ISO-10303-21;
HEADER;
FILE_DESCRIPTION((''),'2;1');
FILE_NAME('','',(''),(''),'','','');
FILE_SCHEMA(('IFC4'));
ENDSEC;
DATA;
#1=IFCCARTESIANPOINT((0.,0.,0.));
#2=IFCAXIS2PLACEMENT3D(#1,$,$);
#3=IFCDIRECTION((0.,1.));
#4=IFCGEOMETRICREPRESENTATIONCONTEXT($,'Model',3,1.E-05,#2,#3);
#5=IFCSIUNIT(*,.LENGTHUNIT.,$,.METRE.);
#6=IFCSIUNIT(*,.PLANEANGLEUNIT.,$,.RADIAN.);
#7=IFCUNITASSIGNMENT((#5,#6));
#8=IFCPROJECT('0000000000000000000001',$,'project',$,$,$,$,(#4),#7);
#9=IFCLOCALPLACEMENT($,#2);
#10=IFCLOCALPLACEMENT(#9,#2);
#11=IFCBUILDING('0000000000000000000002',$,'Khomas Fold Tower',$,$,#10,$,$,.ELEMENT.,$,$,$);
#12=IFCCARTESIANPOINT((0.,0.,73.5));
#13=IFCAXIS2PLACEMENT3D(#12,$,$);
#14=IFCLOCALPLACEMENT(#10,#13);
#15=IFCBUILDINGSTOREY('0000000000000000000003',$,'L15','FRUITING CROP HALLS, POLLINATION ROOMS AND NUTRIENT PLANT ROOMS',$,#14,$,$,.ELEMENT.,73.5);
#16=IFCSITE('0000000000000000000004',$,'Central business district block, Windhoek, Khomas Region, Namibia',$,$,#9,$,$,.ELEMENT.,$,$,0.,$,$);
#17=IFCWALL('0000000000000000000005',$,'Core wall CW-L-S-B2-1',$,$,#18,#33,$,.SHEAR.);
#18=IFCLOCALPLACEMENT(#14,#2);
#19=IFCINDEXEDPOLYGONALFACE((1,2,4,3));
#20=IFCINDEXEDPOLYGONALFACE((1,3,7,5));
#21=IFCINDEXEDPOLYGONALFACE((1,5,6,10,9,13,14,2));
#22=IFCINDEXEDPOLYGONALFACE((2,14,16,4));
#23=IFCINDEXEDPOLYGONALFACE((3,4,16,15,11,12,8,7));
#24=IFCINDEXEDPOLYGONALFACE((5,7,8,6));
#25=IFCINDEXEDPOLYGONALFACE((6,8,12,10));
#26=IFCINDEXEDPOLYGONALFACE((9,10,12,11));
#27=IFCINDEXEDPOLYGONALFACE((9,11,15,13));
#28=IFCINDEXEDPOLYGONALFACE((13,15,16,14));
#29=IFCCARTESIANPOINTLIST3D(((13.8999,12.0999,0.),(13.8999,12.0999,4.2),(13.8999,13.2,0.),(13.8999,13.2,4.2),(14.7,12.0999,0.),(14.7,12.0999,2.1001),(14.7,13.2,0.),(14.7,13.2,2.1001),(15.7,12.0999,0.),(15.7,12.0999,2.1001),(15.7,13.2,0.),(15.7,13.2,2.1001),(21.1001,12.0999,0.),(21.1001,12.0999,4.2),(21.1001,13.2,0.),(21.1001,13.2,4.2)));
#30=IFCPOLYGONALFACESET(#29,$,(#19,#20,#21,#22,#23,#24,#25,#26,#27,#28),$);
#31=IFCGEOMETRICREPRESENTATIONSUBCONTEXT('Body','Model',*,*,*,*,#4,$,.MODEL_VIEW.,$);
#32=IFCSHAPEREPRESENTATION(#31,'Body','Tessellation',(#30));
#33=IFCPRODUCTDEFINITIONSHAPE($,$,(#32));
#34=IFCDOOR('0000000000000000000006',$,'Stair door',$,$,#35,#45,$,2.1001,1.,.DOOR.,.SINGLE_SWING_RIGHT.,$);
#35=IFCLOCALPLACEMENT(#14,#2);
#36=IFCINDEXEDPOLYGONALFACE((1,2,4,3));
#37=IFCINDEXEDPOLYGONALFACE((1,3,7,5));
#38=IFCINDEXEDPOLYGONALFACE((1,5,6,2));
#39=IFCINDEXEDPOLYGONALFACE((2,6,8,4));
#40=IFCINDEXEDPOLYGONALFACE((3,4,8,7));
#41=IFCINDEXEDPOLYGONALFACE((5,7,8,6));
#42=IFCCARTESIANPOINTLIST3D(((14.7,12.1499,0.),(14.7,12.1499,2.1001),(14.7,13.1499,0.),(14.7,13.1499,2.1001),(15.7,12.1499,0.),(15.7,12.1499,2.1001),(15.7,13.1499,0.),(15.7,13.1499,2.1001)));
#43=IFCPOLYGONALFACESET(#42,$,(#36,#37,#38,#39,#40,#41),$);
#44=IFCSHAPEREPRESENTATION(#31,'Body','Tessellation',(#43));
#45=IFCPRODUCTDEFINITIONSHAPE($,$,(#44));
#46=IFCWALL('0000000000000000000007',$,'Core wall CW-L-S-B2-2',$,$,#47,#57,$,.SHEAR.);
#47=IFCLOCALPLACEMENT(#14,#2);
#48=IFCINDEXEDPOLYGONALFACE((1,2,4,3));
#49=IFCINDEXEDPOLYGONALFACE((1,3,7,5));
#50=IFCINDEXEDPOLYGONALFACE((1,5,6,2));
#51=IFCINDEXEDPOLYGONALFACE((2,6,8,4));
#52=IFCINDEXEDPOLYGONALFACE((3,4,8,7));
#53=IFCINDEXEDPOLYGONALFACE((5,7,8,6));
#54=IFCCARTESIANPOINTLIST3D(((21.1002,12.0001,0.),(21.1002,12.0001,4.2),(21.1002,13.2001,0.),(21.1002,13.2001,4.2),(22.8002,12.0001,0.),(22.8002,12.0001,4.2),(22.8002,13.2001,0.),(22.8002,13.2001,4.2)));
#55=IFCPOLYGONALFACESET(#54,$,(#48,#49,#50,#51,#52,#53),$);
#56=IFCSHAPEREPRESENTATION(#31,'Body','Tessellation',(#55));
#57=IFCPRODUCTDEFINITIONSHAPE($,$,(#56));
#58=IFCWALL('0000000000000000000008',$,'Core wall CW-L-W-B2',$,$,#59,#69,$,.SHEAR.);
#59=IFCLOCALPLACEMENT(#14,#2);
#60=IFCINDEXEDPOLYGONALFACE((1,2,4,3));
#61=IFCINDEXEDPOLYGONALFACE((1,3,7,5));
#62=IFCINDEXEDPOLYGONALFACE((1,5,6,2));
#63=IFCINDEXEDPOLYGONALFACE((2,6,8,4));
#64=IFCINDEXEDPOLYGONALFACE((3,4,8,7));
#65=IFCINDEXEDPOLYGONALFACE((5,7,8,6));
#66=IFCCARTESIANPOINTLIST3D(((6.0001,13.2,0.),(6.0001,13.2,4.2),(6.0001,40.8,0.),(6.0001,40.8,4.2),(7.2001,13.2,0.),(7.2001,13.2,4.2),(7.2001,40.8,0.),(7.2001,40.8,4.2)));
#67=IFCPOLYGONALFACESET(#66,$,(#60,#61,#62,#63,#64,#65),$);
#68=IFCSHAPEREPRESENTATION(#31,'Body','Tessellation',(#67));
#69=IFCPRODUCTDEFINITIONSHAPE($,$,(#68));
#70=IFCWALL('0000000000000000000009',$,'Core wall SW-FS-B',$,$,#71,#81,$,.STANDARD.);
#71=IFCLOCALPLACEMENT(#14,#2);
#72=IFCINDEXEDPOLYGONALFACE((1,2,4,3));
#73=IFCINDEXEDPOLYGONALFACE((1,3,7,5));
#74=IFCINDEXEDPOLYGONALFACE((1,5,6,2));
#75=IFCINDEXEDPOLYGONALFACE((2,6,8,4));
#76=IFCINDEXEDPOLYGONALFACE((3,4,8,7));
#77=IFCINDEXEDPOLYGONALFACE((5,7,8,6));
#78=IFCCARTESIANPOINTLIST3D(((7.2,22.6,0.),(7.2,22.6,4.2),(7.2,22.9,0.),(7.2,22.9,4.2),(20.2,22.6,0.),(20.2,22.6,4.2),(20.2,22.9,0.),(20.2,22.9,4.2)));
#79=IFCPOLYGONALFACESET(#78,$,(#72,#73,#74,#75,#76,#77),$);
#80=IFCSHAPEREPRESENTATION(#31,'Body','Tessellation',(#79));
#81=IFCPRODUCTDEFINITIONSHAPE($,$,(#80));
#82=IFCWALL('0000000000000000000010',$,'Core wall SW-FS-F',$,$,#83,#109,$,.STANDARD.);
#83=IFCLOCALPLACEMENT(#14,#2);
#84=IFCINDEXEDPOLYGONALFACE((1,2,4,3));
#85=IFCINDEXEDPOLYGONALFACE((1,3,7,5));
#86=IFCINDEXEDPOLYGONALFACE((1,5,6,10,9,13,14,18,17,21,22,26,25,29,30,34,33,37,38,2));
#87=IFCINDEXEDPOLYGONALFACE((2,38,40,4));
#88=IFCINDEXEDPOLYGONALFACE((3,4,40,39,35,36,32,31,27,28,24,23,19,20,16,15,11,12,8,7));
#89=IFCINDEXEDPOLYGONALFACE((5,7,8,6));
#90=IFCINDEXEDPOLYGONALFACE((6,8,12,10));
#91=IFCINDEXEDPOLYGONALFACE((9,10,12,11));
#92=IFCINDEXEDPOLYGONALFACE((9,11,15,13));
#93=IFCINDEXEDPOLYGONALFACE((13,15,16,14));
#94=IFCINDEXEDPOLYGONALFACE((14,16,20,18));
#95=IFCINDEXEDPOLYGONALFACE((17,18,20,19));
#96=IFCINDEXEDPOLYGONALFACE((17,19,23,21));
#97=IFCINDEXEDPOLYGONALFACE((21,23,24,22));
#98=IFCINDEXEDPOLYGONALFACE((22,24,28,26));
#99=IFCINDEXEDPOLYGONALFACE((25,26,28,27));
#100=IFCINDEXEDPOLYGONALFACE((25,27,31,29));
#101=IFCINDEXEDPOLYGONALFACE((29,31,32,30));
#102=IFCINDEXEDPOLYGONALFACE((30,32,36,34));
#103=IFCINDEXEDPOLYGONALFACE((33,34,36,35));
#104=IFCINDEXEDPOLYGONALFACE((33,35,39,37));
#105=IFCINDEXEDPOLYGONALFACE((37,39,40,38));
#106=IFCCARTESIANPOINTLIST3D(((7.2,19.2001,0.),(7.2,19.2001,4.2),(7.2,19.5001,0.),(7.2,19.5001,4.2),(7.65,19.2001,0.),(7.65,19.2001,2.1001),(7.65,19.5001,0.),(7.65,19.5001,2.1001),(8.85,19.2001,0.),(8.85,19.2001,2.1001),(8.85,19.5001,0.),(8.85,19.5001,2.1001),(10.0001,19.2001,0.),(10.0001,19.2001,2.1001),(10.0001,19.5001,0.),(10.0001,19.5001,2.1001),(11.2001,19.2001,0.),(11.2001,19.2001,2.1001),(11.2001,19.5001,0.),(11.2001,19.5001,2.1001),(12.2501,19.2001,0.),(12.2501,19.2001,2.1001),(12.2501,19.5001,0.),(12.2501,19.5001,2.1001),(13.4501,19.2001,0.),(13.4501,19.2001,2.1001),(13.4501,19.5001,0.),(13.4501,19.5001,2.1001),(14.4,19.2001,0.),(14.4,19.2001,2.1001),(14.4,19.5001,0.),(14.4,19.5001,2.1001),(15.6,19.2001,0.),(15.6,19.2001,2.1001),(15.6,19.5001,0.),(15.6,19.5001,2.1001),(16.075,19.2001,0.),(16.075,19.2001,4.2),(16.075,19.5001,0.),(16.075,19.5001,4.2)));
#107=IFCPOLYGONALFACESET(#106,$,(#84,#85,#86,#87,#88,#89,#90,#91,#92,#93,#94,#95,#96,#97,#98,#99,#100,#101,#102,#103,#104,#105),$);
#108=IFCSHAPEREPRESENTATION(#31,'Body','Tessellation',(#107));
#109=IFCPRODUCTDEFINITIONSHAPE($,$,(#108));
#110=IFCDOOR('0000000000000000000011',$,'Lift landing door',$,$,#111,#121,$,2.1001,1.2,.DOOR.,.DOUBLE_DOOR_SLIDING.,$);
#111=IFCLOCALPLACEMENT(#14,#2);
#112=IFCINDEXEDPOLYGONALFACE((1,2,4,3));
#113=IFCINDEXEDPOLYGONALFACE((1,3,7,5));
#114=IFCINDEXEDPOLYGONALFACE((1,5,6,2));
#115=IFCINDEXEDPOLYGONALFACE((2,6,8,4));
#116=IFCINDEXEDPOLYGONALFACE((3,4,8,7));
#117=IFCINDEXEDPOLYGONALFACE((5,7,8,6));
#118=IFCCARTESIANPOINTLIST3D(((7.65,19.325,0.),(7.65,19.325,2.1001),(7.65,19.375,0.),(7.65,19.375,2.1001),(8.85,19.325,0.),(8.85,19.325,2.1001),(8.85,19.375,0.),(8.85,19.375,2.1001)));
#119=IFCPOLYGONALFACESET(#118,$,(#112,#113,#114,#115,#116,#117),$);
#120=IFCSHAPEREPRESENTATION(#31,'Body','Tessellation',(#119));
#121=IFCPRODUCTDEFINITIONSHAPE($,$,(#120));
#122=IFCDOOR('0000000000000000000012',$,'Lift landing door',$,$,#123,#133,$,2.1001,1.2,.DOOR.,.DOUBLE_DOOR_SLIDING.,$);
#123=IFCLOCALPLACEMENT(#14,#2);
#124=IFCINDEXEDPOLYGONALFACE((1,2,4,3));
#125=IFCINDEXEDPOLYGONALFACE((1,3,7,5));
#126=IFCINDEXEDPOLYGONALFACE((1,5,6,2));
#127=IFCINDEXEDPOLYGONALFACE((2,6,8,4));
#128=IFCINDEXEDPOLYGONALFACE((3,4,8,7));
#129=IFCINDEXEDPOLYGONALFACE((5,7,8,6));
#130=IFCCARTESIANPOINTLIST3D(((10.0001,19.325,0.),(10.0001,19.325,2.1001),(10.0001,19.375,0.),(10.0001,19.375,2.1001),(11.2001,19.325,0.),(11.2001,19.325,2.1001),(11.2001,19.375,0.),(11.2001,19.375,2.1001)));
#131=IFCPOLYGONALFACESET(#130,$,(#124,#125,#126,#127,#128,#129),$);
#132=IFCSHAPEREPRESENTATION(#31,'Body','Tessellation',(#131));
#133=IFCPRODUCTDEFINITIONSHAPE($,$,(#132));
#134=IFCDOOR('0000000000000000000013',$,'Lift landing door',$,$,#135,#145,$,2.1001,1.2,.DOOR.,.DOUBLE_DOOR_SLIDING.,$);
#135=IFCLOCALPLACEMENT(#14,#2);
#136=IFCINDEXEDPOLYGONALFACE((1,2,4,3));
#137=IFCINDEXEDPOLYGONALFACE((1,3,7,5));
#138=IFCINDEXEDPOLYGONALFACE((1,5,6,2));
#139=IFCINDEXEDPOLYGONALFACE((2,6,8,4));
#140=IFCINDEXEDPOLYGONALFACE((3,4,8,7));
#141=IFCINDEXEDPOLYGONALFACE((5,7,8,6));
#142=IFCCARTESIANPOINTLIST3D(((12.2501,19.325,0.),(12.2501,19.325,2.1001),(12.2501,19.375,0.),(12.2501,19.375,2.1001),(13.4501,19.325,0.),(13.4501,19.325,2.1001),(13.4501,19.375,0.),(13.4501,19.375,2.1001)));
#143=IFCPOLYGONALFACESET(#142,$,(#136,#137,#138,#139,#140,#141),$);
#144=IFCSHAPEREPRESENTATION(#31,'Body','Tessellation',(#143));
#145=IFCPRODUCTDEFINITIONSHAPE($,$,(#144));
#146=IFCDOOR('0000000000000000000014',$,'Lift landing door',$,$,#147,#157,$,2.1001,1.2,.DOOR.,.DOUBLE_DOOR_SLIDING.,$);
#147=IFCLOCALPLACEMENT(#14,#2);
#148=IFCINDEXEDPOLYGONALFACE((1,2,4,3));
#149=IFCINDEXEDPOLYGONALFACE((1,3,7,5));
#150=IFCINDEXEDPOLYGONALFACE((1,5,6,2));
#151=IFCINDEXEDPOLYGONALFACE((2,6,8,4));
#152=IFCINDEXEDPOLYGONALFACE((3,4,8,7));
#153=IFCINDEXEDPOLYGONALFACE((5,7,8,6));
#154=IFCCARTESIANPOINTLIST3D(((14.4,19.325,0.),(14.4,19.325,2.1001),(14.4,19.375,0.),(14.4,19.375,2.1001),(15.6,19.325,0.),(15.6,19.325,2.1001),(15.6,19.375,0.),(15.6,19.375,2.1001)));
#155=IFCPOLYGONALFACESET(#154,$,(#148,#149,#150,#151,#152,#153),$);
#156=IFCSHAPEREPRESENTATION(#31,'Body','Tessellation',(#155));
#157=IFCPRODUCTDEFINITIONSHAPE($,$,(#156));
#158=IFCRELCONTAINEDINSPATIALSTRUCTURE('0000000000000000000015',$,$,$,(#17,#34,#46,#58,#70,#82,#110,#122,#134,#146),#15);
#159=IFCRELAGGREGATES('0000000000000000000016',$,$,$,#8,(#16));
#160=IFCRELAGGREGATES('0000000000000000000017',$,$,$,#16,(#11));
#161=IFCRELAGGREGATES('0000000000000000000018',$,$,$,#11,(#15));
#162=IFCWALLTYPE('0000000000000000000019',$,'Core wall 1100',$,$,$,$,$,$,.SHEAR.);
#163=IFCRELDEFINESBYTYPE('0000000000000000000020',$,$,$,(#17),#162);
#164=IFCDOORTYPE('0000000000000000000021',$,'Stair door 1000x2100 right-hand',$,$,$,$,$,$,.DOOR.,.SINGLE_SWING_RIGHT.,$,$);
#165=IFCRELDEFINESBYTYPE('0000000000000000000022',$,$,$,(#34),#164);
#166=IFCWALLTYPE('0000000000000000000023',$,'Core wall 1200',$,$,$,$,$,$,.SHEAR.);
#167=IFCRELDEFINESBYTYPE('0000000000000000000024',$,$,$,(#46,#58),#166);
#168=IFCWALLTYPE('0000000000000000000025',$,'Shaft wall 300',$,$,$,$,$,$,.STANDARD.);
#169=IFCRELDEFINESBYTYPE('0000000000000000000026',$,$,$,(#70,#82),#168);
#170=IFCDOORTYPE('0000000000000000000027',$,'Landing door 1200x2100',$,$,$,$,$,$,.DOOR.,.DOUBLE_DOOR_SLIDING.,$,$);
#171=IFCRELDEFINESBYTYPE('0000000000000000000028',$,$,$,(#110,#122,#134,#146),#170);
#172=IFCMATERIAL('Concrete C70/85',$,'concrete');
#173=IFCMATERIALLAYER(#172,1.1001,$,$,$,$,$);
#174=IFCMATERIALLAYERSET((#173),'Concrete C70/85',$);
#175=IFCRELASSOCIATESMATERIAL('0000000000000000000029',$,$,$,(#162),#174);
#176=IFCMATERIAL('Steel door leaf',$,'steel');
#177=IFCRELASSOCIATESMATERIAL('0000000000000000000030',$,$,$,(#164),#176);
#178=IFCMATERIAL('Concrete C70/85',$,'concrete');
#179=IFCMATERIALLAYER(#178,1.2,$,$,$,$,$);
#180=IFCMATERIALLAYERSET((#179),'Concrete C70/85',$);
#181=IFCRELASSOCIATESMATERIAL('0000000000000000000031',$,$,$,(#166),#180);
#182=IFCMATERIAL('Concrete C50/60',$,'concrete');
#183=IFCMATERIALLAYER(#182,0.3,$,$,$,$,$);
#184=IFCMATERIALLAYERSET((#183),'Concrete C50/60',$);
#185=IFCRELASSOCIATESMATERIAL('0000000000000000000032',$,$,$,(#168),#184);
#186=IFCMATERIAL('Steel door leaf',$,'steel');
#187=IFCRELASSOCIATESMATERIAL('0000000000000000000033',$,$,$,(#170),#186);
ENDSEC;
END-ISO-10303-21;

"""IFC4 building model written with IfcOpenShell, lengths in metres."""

from ifc_helpers import new_model, si_unit, direction, frame, frame_2d, origin, place, context, subcontext, project, spatial, rectangle, extrude, source, transform, mapped, material, layer, layer_set, type_object, element, fill, save


model = new_model("IFC4")

# Units and contexts
model_context = context("Model", 3, precision=1e-05, world=origin(), true_north=direction((0.0, 1.0)))
body_context = subcontext(model_context, "Body", "Model", "MODEL_VIEW")
ifc_project = project(units=[si_unit("LENGTHUNIT", "METRE"), si_unit("PLANEANGLEUNIT", "RADIAN")], contexts=[model_context])

# Site, building, storey
site_placement = place(None, origin())
site = spatial("IfcSite", under=ifc_project, at=site_placement, Name="Central business district block, Windhoek, Khomas Region, Namibia", CompositionType="ELEMENT", RefElevation=0.0)
building_placement = place(site_placement, origin())
building = spatial("IfcBuilding", under=site, at=building_placement, Name="Khomas Fold Tower", CompositionType="ELEMENT")
storey_placement = place(building_placement, frame((0.0, 0.0, 73.5)))
storey = spatial("IfcBuildingStorey", under=building, at=storey_placement, Name="L15", Description="FRUITING CROP HALLS, POLLINATION ROOMS AND NUTRIENT PLANT ROOMS", CompositionType="ELEMENT", Elevation=73.5)

# Wall, opening, door
ifc_material_1 = material(Name="Concrete C70/85", Category="concrete")
ifc_layer_1 = layer(ifc_material_1, 1.1001)
ifc_layer_set_1 = layer_set([ifc_layer_1], Name="Concrete C70/85")
wall_type_1 = type_object("IfcWallType", Name="Core wall 1100", PredefinedType="SHEAR", material=ifc_layer_set_1)
shared_shape_1 = source(origin(), body_context, "Body", "SweptSolid", [
    extrude(rectangle(XDim=7.2002, YDim=1.1001, at=frame_2d((3.6001, 0.0))), origin(), (0.0, 0.0, 1.0), 4.2),
])
wall_1_placement = place(storey_placement, frame((13.8999, 12.6499, 0.0), z_axis=(0.0, 0.0, 1.0), x_axis=(1.0, 0.0, 0.0)))
wall_1 = element("IfcWall", 1, at=wall_1_placement, inside=storey, type_object=wall_type_1, Name="Core wall CW-L-S-B2-1", PredefinedType="SHEAR", context=body_context, shape_type="MappedRepresentation", body=[
    mapped(shared_shape_1, transform((0.0, 0.0, 0.0))),
])
shared_shape_2 = source(origin(), body_context, "Body", "SweptSolid", [
    extrude(rectangle(XDim=1.0, YDim=2.1001, at=frame_2d((0.5, 1.05))), frame((0.0, 0.5601, 0.0), z_axis=(0.0, -1.0, 0.0), x_axis=(1.0, 0.0, 0.0)), (0.0, 0.0, 1.0), 1.1201),
])
opening_1_placement = place(wall_1_placement, frame((0.8, 0.0, 0.0)))
opening_1 = element("IfcOpeningElement", 2, at=opening_1_placement, cuts=wall_1, PredefinedType="OPENING", context=body_context, shape_type="MappedRepresentation", body=[
    mapped(shared_shape_2, transform((0.0, 0.0, 0.0))),
])
ifc_material_2 = material(Name="Steel door leaf", Category="steel")
door_type_1 = type_object("IfcDoorType", Name="Stair door 1000x2100 right-hand", OperationType="SINGLE_SWING_RIGHT", PredefinedType="DOOR", material=ifc_material_2)
shared_shape_3 = source(origin(), body_context, "Body", "SweptSolid", [
    extrude(rectangle(XDim=1.0, YDim=2.1001, at=frame_2d((0.5, 1.05))), frame((0.0, 0.5, 0.0), z_axis=(0.0, -1.0, 0.0), x_axis=(1.0, 0.0, 0.0)), (0.0, 0.0, 1.0), 1.0),
])
door_1_placement = place(opening_1_placement, origin())
door_1 = element("IfcDoor", 3, at=door_1_placement, inside=storey, type_object=door_type_1, Name="Stair door", OperationType="SINGLE_SWING_RIGHT", OverallHeight=2.1001, OverallWidth=1.0, PredefinedType="DOOR", context=body_context, shape_type="MappedRepresentation", body=[
    mapped(shared_shape_3, transform((0.0, 0.0, 0.0))),
])
fill(opening_1, door_1)

# Walls
ifc_material_3 = material(Name="Concrete C70/85", Category="concrete")
ifc_layer_2 = layer(ifc_material_3, 1.2)
ifc_layer_set_2 = layer_set([ifc_layer_2], Name="Concrete C70/85")
wall_type_2 = type_object("IfcWallType", Name="Core wall 1200", PredefinedType="SHEAR", material=ifc_layer_set_2)
shared_shape_4 = source(origin(), body_context, "Body", "SweptSolid", [
    extrude(rectangle(XDim=1.7, YDim=1.2, at=frame_2d((0.8501, 0.0))), origin(), (0.0, 0.0, 1.0), 4.2),
])
wall_2_placement = place(storey_placement, frame((21.1001, 12.6001, 0.0), z_axis=(0.0, 0.0, 1.0), x_axis=(1.0, 0.0, 0.0)))
element("IfcWall", 4, at=wall_2_placement, inside=storey, type_object=wall_type_2, Name="Core wall CW-L-S-B2-2", PredefinedType="SHEAR", context=body_context, shape_type="MappedRepresentation", body=[
    mapped(shared_shape_4, transform((0.0, 0.0, 0.0))),
])
shared_shape_5 = source(origin(), body_context, "Body", "SweptSolid", [
    extrude(rectangle(XDim=27.6001, YDim=1.2, at=frame_2d((13.8, 0.0))), origin(), (0.0, 0.0, 1.0), 4.2),
])
wall_3_placement = place(storey_placement, frame((6.6001, 13.2, 0.0), z_axis=(0.0, 0.0, 1.0), x_axis=(0.0, 1.0, 0.0)))
element("IfcWall", 5, at=wall_3_placement, inside=storey, type_object=wall_type_2, Name="Core wall CW-L-W-B2", PredefinedType="SHEAR", context=body_context, shape_type="MappedRepresentation", body=[
    mapped(shared_shape_5, transform((0.0, 0.0, 0.0))),
])
ifc_material_4 = material(Name="Concrete C50/60", Category="concrete")
ifc_layer_3 = layer(ifc_material_4, 0.3)
ifc_layer_set_3 = layer_set([ifc_layer_3], Name="Concrete C50/60")
wall_type_3 = type_object("IfcWallType", Name="Shaft wall 300", PredefinedType="STANDARD", material=ifc_layer_set_3)
shared_shape_6 = source(origin(), body_context, "Body", "SweptSolid", [
    extrude(rectangle(XDim=13.0, YDim=0.3, at=frame_2d((6.5, 0.0))), origin(), (0.0, 0.0, 1.0), 4.2),
])
wall_4_placement = place(storey_placement, frame((7.2, 22.75, 0.0), z_axis=(0.0, 0.0, 1.0), x_axis=(1.0, 0.0, 0.0)))
element("IfcWall", 6, at=wall_4_placement, inside=storey, type_object=wall_type_3, Name="Core wall SW-FS-B", PredefinedType="STANDARD", context=body_context, shape_type="MappedRepresentation", body=[
    mapped(shared_shape_6, transform((0.0, 0.0, 0.0))),
])

# Wall, openings, doors
shared_shape_7 = source(origin(), body_context, "Body", "SweptSolid", [
    extrude(rectangle(XDim=8.875, YDim=0.3, at=frame_2d((4.4375, 0.0))), origin(), (0.0, 0.0, 1.0), 4.2),
])
wall_5_placement = place(storey_placement, frame((7.2, 19.3501, 0.0), z_axis=(0.0, 0.0, 1.0), x_axis=(1.0, 0.0, 0.0)))
wall_5 = element("IfcWall", 7, at=wall_5_placement, inside=storey, type_object=wall_type_3, Name="Core wall SW-FS-F", PredefinedType="STANDARD", context=body_context, shape_type="MappedRepresentation", body=[
    mapped(shared_shape_7, transform((0.0, 0.0, 0.0))),
])
shared_shape_8 = source(origin(), body_context, "Body", "SweptSolid", [
    extrude(rectangle(XDim=1.2, YDim=2.1001, at=frame_2d((0.6001, 1.05))), frame((0.0, 0.1599, 0.0), z_axis=(0.0, -1.0, 0.0), x_axis=(1.0, 0.0, 0.0)), (0.0, 0.0, 1.0), 0.3201),
])
opening_2_placement = place(wall_5_placement, frame((0.45, 0.0, 0.0)))
opening_2 = element("IfcOpeningElement", 8, at=opening_2_placement, cuts=wall_5, PredefinedType="OPENING", context=body_context, shape_type="MappedRepresentation", body=[
    mapped(shared_shape_8, transform((0.0, 0.0, 0.0))),
])
opening_3_placement = place(wall_5_placement, frame((2.8, 0.0, 0.0)))
opening_3 = element("IfcOpeningElement", 9, at=opening_3_placement, cuts=wall_5, PredefinedType="OPENING", context=body_context, shape_type="MappedRepresentation", body=[
    mapped(shared_shape_8, transform((0.0, 0.0, 0.0))),
])
opening_4_placement = place(wall_5_placement, frame((5.05, 0.0, 0.0)))
opening_4 = element("IfcOpeningElement", 10, at=opening_4_placement, cuts=wall_5, PredefinedType="OPENING", context=body_context, shape_type="MappedRepresentation", body=[
    mapped(shared_shape_8, transform((0.0, 0.0, 0.0))),
])
opening_5_placement = place(wall_5_placement, frame((7.2, 0.0, 0.0)))
opening_5 = element("IfcOpeningElement", 11, at=opening_5_placement, cuts=wall_5, PredefinedType="OPENING", context=body_context, shape_type="MappedRepresentation", body=[
    mapped(shared_shape_8, transform((0.0, 0.0, 0.0))),
])
ifc_material_5 = material(Name="Steel door leaf", Category="steel")
door_type_2 = type_object("IfcDoorType", Name="Landing door 1200x2100", OperationType="DOUBLE_DOOR_SLIDING", PredefinedType="DOOR", material=ifc_material_5)
shared_shape_9 = source(origin(), body_context, "Body", "SweptSolid", [
    extrude(rectangle(XDim=1.2, YDim=2.1001, at=frame_2d((0.6001, 1.05))), frame((0.0, 0.0249, 0.0), z_axis=(0.0, -1.0, 0.0), x_axis=(1.0, 0.0, 0.0)), (0.0, 0.0, 1.0), 0.05),
])
door_2_placement = place(opening_2_placement, origin())
door_2 = element("IfcDoor", 12, at=door_2_placement, inside=storey, type_object=door_type_2, Name="Lift landing door", OperationType="DOUBLE_DOOR_SLIDING", OverallHeight=2.1001, OverallWidth=1.2, PredefinedType="DOOR", context=body_context, shape_type="MappedRepresentation", body=[
    mapped(shared_shape_9, transform((0.0, 0.0, 0.0))),
])
fill(opening_2, door_2)
door_3_placement = place(opening_3_placement, origin())
door_3 = element("IfcDoor", 13, at=door_3_placement, inside=storey, type_object=door_type_2, Name="Lift landing door", OperationType="DOUBLE_DOOR_SLIDING", OverallHeight=2.1001, OverallWidth=1.2, PredefinedType="DOOR", context=body_context, shape_type="MappedRepresentation", body=[
    mapped(shared_shape_9, transform((0.0, 0.0, 0.0))),
])
fill(opening_3, door_3)
door_4_placement = place(opening_4_placement, origin())
door_4 = element("IfcDoor", 14, at=door_4_placement, inside=storey, type_object=door_type_2, Name="Lift landing door", OperationType="DOUBLE_DOOR_SLIDING", OverallHeight=2.1001, OverallWidth=1.2, PredefinedType="DOOR", context=body_context, shape_type="MappedRepresentation", body=[
    mapped(shared_shape_9, transform((0.0, 0.0, 0.0))),
])
fill(opening_4, door_4)
door_5_placement = place(opening_5_placement, origin())
door_5 = element("IfcDoor", 15, at=door_5_placement, inside=storey, type_object=door_type_2, Name="Lift landing door", OperationType="DOUBLE_DOOR_SLIDING", OverallHeight=2.1001, OverallWidth=1.2, PredefinedType="DOOR", context=body_context, shape_type="MappedRepresentation", body=[
    mapped(shared_shape_9, transform((0.0, 0.0, 0.0))),
])
fill(opening_5, door_5)

save(model, "model.ifc")
